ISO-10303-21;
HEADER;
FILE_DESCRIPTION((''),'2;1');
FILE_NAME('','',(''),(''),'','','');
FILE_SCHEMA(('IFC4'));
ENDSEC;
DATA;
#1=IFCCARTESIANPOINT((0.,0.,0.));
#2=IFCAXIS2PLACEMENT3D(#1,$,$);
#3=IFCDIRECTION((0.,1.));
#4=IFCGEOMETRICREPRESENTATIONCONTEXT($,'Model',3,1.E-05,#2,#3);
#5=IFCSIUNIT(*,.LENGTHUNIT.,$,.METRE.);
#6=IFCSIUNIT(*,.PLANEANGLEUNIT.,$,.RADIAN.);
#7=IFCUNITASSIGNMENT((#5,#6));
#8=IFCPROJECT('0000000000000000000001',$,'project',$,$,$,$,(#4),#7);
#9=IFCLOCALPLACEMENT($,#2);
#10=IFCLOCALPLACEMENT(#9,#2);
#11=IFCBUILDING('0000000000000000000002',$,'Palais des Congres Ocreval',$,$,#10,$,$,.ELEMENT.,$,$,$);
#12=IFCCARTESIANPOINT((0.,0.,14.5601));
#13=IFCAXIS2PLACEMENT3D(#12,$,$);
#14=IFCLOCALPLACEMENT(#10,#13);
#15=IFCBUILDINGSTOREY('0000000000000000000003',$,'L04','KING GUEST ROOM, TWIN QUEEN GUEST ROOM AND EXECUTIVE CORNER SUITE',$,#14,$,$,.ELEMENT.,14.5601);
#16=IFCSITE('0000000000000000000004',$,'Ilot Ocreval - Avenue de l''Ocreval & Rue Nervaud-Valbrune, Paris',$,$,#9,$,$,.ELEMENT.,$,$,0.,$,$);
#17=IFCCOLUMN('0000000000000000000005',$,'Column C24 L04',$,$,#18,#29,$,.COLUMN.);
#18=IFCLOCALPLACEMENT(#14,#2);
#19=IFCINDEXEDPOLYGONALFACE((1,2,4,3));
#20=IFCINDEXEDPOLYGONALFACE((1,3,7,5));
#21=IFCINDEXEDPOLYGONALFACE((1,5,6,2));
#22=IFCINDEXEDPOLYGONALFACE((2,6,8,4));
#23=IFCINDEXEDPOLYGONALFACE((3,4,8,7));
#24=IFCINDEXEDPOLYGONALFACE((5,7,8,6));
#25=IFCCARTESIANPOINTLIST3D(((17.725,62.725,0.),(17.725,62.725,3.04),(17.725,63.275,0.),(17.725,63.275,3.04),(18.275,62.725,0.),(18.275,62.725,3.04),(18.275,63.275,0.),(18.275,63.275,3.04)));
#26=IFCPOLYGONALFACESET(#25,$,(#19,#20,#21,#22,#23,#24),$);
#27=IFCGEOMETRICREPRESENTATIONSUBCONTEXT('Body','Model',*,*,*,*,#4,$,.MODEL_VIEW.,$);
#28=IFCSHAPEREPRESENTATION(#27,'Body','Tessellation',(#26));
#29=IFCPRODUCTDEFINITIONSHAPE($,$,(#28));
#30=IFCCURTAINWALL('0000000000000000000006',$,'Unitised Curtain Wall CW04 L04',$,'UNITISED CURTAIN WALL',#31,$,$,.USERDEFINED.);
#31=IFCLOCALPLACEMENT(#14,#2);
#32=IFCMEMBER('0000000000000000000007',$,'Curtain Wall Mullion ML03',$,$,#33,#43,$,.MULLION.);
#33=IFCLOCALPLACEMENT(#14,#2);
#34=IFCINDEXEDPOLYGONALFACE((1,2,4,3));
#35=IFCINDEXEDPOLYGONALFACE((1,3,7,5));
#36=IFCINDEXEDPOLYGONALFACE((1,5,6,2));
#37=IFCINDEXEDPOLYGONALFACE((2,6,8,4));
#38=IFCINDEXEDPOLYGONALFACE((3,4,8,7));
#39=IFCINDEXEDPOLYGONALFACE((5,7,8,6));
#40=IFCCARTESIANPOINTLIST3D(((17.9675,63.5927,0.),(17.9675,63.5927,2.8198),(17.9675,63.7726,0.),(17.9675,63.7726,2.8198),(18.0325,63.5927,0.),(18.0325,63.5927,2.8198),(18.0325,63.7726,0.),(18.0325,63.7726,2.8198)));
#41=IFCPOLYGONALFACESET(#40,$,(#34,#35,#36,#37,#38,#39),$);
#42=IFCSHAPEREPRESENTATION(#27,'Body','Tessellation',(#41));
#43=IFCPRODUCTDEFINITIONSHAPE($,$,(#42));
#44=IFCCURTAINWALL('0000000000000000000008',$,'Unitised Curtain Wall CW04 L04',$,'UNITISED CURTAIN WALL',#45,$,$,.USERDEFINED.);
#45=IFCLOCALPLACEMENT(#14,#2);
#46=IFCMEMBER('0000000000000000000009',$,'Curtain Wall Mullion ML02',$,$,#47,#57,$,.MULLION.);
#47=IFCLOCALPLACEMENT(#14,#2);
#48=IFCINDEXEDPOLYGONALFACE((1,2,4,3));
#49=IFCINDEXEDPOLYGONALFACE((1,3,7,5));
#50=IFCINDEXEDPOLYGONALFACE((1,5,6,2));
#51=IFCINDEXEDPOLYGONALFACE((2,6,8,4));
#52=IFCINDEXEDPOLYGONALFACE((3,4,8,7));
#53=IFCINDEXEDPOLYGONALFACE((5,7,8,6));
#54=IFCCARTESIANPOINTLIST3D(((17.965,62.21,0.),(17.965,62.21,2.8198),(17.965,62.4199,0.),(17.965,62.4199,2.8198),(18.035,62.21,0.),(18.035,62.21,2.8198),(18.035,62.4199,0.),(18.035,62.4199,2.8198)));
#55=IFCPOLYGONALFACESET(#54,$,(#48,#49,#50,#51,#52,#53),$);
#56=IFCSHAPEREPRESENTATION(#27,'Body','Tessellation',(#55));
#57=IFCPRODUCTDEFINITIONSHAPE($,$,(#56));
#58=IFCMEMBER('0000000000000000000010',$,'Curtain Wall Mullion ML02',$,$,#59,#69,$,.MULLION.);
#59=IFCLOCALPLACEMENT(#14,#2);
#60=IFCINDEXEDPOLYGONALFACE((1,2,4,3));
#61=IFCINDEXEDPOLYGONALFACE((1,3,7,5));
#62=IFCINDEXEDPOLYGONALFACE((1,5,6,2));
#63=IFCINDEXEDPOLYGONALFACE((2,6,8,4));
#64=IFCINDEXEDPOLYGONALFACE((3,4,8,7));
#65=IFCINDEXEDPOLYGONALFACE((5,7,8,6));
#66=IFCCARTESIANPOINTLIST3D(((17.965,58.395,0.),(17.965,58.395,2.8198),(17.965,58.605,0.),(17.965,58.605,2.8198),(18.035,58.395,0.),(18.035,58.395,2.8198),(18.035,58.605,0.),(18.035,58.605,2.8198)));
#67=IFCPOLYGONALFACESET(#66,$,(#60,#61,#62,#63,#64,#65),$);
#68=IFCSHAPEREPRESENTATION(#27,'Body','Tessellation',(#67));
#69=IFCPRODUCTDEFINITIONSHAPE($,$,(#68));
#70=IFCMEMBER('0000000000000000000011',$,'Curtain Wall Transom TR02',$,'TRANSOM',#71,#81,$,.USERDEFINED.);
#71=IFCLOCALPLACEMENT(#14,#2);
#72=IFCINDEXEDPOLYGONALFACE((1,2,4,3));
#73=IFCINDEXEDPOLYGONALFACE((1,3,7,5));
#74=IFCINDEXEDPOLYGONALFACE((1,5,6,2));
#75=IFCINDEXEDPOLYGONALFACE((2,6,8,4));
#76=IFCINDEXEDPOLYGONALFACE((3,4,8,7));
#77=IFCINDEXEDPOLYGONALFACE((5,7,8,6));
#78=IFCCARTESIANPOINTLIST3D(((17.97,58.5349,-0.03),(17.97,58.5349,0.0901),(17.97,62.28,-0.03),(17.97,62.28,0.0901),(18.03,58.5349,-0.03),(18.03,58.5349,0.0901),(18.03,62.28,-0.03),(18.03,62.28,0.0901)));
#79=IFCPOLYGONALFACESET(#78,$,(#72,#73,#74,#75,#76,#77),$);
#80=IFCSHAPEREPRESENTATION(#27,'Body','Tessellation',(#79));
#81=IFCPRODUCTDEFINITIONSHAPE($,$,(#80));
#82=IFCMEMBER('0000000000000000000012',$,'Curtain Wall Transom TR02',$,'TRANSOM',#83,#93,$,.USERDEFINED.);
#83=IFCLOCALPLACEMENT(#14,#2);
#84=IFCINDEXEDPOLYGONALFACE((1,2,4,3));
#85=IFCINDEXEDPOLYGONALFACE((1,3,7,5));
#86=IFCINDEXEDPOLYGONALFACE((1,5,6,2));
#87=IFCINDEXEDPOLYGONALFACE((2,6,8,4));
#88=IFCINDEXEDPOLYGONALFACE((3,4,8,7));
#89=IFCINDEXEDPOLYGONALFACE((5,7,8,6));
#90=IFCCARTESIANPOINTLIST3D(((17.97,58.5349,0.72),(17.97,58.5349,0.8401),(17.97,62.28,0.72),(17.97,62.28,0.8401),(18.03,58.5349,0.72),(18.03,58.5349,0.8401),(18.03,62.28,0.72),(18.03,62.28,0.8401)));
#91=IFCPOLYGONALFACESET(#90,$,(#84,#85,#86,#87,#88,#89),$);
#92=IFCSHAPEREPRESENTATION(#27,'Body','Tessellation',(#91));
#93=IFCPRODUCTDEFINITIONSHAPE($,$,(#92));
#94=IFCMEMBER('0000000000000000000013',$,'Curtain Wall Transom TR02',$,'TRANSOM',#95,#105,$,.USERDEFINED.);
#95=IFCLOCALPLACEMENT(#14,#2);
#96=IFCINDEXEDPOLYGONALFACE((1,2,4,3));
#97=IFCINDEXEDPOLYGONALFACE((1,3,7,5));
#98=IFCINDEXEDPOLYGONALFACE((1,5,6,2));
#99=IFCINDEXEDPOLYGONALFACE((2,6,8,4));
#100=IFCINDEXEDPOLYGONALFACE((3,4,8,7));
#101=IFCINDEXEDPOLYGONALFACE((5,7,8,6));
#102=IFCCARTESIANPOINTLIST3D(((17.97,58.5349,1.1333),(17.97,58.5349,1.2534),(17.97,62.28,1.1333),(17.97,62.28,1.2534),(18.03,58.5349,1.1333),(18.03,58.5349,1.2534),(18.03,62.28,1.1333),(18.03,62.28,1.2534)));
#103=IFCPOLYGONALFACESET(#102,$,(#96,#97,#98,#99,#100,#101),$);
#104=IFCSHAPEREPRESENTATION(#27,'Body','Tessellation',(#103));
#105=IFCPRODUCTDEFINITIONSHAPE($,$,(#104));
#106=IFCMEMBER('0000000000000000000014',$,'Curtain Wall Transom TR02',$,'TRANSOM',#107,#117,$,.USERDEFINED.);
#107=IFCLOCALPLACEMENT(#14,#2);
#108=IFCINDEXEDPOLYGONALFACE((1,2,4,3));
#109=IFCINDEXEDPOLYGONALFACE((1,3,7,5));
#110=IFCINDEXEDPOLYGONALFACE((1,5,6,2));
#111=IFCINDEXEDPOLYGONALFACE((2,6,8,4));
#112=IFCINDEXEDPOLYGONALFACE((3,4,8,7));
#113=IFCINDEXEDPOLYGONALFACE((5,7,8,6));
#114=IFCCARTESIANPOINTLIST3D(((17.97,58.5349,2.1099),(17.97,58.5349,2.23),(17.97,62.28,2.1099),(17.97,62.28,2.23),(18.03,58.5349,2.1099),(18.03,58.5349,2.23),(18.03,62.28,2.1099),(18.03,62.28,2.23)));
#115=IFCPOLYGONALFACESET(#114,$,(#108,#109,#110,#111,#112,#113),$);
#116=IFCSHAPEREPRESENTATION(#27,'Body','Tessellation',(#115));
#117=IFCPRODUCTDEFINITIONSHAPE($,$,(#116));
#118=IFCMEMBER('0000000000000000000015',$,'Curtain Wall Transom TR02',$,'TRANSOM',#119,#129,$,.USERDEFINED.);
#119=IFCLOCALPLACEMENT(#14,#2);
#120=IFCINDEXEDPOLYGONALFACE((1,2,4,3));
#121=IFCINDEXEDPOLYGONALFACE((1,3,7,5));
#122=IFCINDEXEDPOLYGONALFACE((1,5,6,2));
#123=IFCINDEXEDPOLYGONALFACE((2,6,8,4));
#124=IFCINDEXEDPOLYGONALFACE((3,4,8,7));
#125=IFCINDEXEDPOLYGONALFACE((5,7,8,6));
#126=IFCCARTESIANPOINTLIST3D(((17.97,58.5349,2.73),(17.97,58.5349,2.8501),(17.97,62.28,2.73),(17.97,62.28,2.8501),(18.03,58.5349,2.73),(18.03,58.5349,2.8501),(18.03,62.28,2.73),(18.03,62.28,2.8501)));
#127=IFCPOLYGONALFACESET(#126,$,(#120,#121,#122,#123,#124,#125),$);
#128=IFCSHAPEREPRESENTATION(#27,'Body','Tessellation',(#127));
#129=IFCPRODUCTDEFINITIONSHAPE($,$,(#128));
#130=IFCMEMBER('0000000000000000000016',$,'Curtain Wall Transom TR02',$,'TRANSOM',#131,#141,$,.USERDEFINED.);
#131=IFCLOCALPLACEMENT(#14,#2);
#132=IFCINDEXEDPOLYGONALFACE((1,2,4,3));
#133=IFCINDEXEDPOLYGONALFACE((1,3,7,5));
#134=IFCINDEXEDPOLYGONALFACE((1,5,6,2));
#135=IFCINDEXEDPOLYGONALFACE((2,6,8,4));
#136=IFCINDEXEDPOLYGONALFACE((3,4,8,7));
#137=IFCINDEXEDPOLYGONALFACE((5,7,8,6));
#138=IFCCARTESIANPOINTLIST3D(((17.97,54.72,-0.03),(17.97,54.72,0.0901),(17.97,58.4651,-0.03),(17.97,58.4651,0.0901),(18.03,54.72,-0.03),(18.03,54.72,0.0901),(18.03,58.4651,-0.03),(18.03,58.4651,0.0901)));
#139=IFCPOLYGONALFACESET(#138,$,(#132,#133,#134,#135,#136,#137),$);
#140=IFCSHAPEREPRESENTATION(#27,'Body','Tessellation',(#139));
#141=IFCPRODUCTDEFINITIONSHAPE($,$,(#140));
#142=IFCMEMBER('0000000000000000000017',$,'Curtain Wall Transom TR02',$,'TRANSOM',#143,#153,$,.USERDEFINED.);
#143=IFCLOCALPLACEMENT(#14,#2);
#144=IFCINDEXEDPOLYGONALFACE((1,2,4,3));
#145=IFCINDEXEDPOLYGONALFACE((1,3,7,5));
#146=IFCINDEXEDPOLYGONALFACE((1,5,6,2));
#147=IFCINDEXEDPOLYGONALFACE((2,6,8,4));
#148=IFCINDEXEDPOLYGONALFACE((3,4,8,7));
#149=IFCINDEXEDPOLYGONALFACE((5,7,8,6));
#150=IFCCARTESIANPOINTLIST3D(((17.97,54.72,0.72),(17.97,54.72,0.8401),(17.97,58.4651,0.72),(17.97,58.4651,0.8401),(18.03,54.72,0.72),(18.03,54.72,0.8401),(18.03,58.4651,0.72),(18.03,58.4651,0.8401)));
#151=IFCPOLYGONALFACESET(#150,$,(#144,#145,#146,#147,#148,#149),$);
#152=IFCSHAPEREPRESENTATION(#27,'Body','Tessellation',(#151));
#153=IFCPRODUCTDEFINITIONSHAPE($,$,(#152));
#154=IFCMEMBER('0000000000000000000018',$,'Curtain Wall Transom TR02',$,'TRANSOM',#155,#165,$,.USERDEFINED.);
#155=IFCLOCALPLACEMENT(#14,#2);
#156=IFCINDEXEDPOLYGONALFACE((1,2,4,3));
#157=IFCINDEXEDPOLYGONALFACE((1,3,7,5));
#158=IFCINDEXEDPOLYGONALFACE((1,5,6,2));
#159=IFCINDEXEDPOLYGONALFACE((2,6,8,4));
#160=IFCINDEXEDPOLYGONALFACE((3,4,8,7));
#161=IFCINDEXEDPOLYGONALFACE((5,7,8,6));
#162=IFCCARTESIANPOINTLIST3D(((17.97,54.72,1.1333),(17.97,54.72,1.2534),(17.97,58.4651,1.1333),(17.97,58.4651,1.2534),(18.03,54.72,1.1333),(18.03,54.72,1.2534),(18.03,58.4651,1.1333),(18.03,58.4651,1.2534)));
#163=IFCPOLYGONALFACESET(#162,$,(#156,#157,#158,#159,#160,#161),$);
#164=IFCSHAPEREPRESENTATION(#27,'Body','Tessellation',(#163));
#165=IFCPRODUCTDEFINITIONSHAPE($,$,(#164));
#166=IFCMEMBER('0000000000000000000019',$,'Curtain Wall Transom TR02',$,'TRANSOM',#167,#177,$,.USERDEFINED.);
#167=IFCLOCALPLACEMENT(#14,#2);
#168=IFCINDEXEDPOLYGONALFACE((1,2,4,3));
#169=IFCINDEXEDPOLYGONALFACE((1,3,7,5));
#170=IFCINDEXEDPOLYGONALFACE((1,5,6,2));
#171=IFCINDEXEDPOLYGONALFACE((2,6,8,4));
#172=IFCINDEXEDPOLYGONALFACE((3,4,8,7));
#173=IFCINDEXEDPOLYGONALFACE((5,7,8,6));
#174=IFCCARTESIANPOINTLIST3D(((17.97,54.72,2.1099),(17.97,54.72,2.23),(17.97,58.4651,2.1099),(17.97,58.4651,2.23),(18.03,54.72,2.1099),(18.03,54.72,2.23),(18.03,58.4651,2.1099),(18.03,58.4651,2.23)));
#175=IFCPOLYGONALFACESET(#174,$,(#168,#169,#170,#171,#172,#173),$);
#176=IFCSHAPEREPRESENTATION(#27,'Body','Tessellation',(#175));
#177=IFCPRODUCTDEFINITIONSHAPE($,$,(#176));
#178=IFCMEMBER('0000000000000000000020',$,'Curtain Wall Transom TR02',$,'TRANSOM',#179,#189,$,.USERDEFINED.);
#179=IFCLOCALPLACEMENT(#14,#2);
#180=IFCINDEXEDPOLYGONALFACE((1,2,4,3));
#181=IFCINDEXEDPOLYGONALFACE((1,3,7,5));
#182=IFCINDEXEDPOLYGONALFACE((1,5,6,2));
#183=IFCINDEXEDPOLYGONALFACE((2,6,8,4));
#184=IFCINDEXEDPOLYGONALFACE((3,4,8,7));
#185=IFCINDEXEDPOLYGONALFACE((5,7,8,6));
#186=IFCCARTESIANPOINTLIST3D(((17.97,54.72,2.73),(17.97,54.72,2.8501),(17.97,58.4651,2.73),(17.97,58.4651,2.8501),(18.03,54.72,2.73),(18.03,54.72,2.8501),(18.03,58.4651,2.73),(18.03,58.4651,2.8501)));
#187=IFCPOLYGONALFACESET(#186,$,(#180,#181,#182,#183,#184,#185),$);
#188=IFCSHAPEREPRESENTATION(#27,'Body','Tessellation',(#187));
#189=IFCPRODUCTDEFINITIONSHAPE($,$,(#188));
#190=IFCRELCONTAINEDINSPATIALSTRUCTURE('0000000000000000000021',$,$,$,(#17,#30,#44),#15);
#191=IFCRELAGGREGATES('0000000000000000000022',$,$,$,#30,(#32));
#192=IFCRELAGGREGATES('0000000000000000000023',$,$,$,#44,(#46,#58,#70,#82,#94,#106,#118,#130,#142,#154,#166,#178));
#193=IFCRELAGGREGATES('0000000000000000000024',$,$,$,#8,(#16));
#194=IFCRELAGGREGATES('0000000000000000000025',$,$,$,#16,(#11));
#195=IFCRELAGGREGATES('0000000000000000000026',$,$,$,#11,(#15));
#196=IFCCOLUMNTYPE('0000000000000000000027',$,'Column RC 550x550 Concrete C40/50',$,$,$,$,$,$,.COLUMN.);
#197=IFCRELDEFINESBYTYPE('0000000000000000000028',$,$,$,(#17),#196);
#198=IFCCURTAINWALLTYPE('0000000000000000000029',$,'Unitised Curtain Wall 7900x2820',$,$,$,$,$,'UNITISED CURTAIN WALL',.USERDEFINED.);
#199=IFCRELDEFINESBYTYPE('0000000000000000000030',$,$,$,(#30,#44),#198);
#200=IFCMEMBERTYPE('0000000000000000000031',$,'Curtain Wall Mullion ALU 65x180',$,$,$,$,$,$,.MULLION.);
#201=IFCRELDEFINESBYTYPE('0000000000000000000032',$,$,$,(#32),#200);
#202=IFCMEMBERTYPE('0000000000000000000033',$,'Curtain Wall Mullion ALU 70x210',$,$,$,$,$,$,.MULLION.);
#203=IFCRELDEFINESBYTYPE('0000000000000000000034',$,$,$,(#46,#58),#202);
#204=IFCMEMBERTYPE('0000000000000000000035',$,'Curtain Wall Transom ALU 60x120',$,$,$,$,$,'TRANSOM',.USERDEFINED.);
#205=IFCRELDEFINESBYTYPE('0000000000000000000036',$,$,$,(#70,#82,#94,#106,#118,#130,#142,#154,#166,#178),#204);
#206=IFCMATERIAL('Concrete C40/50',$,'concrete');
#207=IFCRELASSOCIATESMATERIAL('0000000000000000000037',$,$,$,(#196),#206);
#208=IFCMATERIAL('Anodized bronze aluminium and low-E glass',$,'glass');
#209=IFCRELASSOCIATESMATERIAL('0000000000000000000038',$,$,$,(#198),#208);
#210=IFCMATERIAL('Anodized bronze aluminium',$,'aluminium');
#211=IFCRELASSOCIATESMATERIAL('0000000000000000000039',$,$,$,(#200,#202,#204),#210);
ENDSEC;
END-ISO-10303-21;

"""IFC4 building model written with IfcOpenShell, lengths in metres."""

from ifc_helpers import new_model, si_unit, direction, frame, origin, origin_2d, place, context, subcontext, project, spatial, rectangle, extrude, material, material_profile, profile_set, type_object, element, aggregate, save


model = new_model("IFC4")

# Units and contexts
model_context = context("Model", 3, precision=1e-05, world=origin(), true_north=direction((0.0, 1.0)))
body_context = subcontext(model_context, "Body", "Model", "MODEL_VIEW")
ifc_project = project(units=[si_unit("LENGTHUNIT", "METRE"), si_unit("PLANEANGLEUNIT", "RADIAN")], contexts=[model_context])

# Site, building, storey
site_placement = place(None, origin())
site = spatial("IfcSite", under=ifc_project, at=site_placement, Name="Ilot Ocreval - Avenue de l'Ocreval & Rue Nervaud-Valbrune, Paris", CompositionType="ELEMENT", RefElevation=0.0)
building_placement = place(site_placement, origin())
building = spatial("IfcBuilding", under=site, at=building_placement, Name="Palais des Congres Ocreval", CompositionType="ELEMENT")
storey_placement = place(building_placement, frame((0.0, 0.0, 14.5601)))
storey = spatial("IfcBuildingStorey", under=building, at=storey_placement, Name="L04", Description="KING GUEST ROOM, TWIN QUEEN GUEST ROOM AND EXECUTIVE CORNER SUITE", CompositionType="ELEMENT", Elevation=14.5601)

# Column
ifc_material_1 = material(Name="Concrete C40/50", Category="concrete")
ifc_material_profile_1 = material_profile(ifc_material_1, rectangle(XDim=0.55, YDim=0.55, at=origin_2d()), Name="RC 550x550")
ifc_profile_set_1 = profile_set([ifc_material_profile_1], Name="Concrete C40/50")
column_type = type_object("IfcColumnType", Name="Column RC 550x550 Concrete C40/50", PredefinedType="COLUMN", material=ifc_profile_set_1)
column_placement = place(storey_placement, frame((18.0, 63.0, 0.0), z_axis=(0.0, 0.0, 1.0), x_axis=(1.0, 0.0, 0.0)))
element("IfcColumn", 1, at=column_placement, inside=storey, type_object=column_type, Name="Column C24 L04", PredefinedType="COLUMN", context=body_context, shape_type="SweptSolid", body=[
    extrude(rectangle(XDim=0.55, YDim=0.55, at=origin_2d()), origin(), (0.0, 0.0, 1.0), 3.04),
])

# Curtain wall, member
ifc_material_2 = material(Name="Anodized bronze aluminium and low-E glass", Category="glass")
curtain_wall_type = type_object("IfcCurtainWallType", Name="Unitised Curtain Wall 7900x2820", ElementType="UNITISED CURTAIN WALL", PredefinedType="USERDEFINED", material=ifc_material_2)
curtain_wall_1_placement = place(storey_placement, origin())
curtain_wall_1 = element("IfcCurtainWall", 2, at=curtain_wall_1_placement, inside=storey, type_object=curtain_wall_type, Name="Unitised Curtain Wall CW04 L04", ObjectType="UNITISED CURTAIN WALL", PredefinedType="USERDEFINED")
ifc_material_3 = material(Name="Anodized bronze aluminium", Category="aluminium")
ifc_material_profile_2 = material_profile(ifc_material_3, rectangle(XDim=0.0649, YDim=0.1799, at=origin_2d()), Name="ALU 65x180")
ifc_profile_set_2 = profile_set([ifc_material_profile_2], Name="Anodized bronze aluminium")
member_type_1 = type_object("IfcMemberType", Name="Curtain Wall Mullion ALU 65x180", PredefinedType="MULLION", material=ifc_profile_set_2)
member_1_placement = place(storey_placement, frame((18.0, 63.6826, 0.0), z_axis=(0.0, 0.0, 1.0), x_axis=(1.0, 0.0, 0.0)))
member_1 = element("IfcMember", 3, at=member_1_placement, type_object=member_type_1, Name="Curtain Wall Mullion ML03", PredefinedType="MULLION", context=body_context, shape_type="SweptSolid", body=[
    extrude(rectangle(XDim=0.0649, YDim=0.1799, at=origin_2d()), origin(), (0.0, 0.0, 1.0), 2.8198),
])
aggregate(curtain_wall_1, [member_1])

# Curtain wall, members
curtain_wall_2_placement = place(storey_placement, origin())
curtain_wall_2 = element("IfcCurtainWall", 4, at=curtain_wall_2_placement, inside=storey, type_object=curtain_wall_type, Name="Unitised Curtain Wall CW04 L04", ObjectType="UNITISED CURTAIN WALL", PredefinedType="USERDEFINED")
ifc_material_profile_3 = material_profile(ifc_material_3, rectangle(XDim=0.0701, YDim=0.21, at=origin_2d()), Name="ALU 70x210")
ifc_profile_set_3 = profile_set([ifc_material_profile_3], Name="Anodized bronze aluminium")
member_type_2 = type_object("IfcMemberType", Name="Curtain Wall Mullion ALU 70x210", PredefinedType="MULLION", material=ifc_profile_set_3)
member_2_placement = place(storey_placement, frame((18.0, 62.3149, 0.0), z_axis=(0.0, 0.0, 1.0), x_axis=(1.0, 0.0, 0.0)))
member_2 = element("IfcMember", 5, at=member_2_placement, type_object=member_type_2, Name="Curtain Wall Mullion ML02", PredefinedType="MULLION", context=body_context, shape_type="SweptSolid", body=[
    extrude(rectangle(XDim=0.0701, YDim=0.21, at=origin_2d()), origin(), (0.0, 0.0, 1.0), 2.8198),
])
member_3_placement = place(storey_placement, frame((18.0, 58.5, 0.0), z_axis=(0.0, 0.0, 1.0), x_axis=(1.0, 0.0, 0.0)))
member_3 = element("IfcMember", 6, at=member_3_placement, type_object=member_type_2, Name="Curtain Wall Mullion ML02", PredefinedType="MULLION", context=body_context, shape_type="SweptSolid", body=[
    extrude(rectangle(XDim=0.0701, YDim=0.21, at=origin_2d()), origin(), (0.0, 0.0, 1.0), 2.8198),
])
ifc_material_profile_4 = material_profile(ifc_material_3, rectangle(XDim=0.0601, YDim=0.1201, at=origin_2d()), Name="ALU 60x120")
ifc_profile_set_4 = profile_set([ifc_material_profile_4], Name="Anodized bronze aluminium")
member_type_3 = type_object("IfcMemberType", Name="Curtain Wall Transom ALU 60x120", ElementType="TRANSOM", PredefinedType="USERDEFINED", material=ifc_profile_set_4)
member_4_placement = place(storey_placement, frame((18.0, 62.28, 0.03), z_axis=(0.0, -1.0, 0.0), x_axis=(1.0, 0.0, 0.0)))
member_4 = element("IfcMember", 7, at=member_4_placement, type_object=member_type_3, Name="Curtain Wall Transom TR02", ObjectType="TRANSOM", PredefinedType="USERDEFINED", context=body_context, shape_type="SweptSolid", body=[
    extrude(rectangle(XDim=0.0601, YDim=0.1201, at=origin_2d()), origin(), (0.0, 0.0, 1.0), 3.7451),
])
member_5_placement = place(storey_placement, frame((18.0, 62.28, 0.78), z_axis=(0.0, -1.0, 0.0), x_axis=(1.0, 0.0, 0.0)))
member_5 = element("IfcMember", 8, at=member_5_placement, type_object=member_type_3, Name="Curtain Wall Transom TR02", ObjectType="TRANSOM", PredefinedType="USERDEFINED", context=body_context, shape_type="SweptSolid", body=[
    extrude(rectangle(XDim=0.0601, YDim=0.1201, at=origin_2d()), origin(), (0.0, 0.0, 1.0), 3.7451),
])
member_6_placement = place(storey_placement, frame((18.0, 62.28, 1.1934), z_axis=(0.0, -1.0, 0.0), x_axis=(1.0, 0.0, 0.0)))
member_6 = element("IfcMember", 9, at=member_6_placement, type_object=member_type_3, Name="Curtain Wall Transom TR02", ObjectType="TRANSOM", PredefinedType="USERDEFINED", context=body_context, shape_type="SweptSolid", body=[
    extrude(rectangle(XDim=0.0601, YDim=0.1201, at=origin_2d()), origin(), (0.0, 0.0, 1.0), 3.7451),
])
member_7_placement = place(storey_placement, frame((18.0, 62.28, 2.1699), z_axis=(0.0, -1.0, 0.0), x_axis=(1.0, 0.0, 0.0)))
member_7 = element("IfcMember", 10, at=member_7_placement, type_object=member_type_3, Name="Curtain Wall Transom TR02", ObjectType="TRANSOM", PredefinedType="USERDEFINED", context=body_context, shape_type="SweptSolid", body=[
    extrude(rectangle(XDim=0.0601, YDim=0.1201, at=origin_2d()), origin(), (0.0, 0.0, 1.0), 3.7451),
])
member_8_placement = place(storey_placement, frame((18.0, 62.28, 2.79), z_axis=(0.0, -1.0, 0.0), x_axis=(1.0, 0.0, 0.0)))
member_8 = element("IfcMember", 11, at=member_8_placement, type_object=member_type_3, Name="Curtain Wall Transom TR02", ObjectType="TRANSOM", PredefinedType="USERDEFINED", context=body_context, shape_type="SweptSolid", body=[
    extrude(rectangle(XDim=0.0601, YDim=0.1201, at=origin_2d()), origin(), (0.0, 0.0, 1.0), 3.7451),
])
member_9_placement = place(storey_placement, frame((18.0, 58.4651, 0.03), z_axis=(0.0, -1.0, 0.0), x_axis=(1.0, 0.0, 0.0)))
member_9 = element("IfcMember", 12, at=member_9_placement, type_object=member_type_3, Name="Curtain Wall Transom TR02", ObjectType="TRANSOM", PredefinedType="USERDEFINED", context=body_context, shape_type="SweptSolid", body=[
    extrude(rectangle(XDim=0.0601, YDim=0.1201, at=origin_2d()), origin(), (0.0, 0.0, 1.0), 3.7451),
])
member_10_placement = place(storey_placement, frame((18.0, 58.4651, 0.78), z_axis=(0.0, -1.0, 0.0), x_axis=(1.0, 0.0, 0.0)))
member_10 = element("IfcMember", 13, at=member_10_placement, type_object=member_type_3, Name="Curtain Wall Transom TR02", ObjectType="TRANSOM", PredefinedType="USERDEFINED", context=body_context, shape_type="SweptSolid", body=[
    extrude(rectangle(XDim=0.0601, YDim=0.1201, at=origin_2d()), origin(), (0.0, 0.0, 1.0), 3.7451),
])
member_11_placement = place(storey_placement, frame((18.0, 58.4651, 1.1934), z_axis=(0.0, -1.0, 0.0), x_axis=(1.0, 0.0, 0.0)))
member_11 = element("IfcMember", 14, at=member_11_placement, type_object=member_type_3, Name="Curtain Wall Transom TR02", ObjectType="TRANSOM", PredefinedType="USERDEFINED", context=body_context, shape_type="SweptSolid", body=[
    extrude(rectangle(XDim=0.0601, YDim=0.1201, at=origin_2d()), origin(), (0.0, 0.0, 1.0), 3.7451),
])
member_12_placement = place(storey_placement, frame((18.0, 58.4651, 2.1699), z_axis=(0.0, -1.0, 0.0), x_axis=(1.0, 0.0, 0.0)))
member_12 = element("IfcMember", 15, at=member_12_placement, type_object=member_type_3, Name="Curtain Wall Transom TR02", ObjectType="TRANSOM", PredefinedType="USERDEFINED", context=body_context, shape_type="SweptSolid", body=[
    extrude(rectangle(XDim=0.0601, YDim=0.1201, at=origin_2d()), origin(), (0.0, 0.0, 1.0), 3.7451),
])
member_13_placement = place(storey_placement, frame((18.0, 58.4651, 2.79), z_axis=(0.0, -1.0, 0.0), x_axis=(1.0, 0.0, 0.0)))
member_13 = element("IfcMember", 16, at=member_13_placement, type_object=member_type_3, Name="Curtain Wall Transom TR02", ObjectType="TRANSOM", PredefinedType="USERDEFINED", context=body_context, shape_type="SweptSolid", body=[
    extrude(rectangle(XDim=0.0601, YDim=0.1201, at=origin_2d()), origin(), (0.0, 0.0, 1.0), 3.7451),
])

aggregate(curtain_wall_2, [member_2, member_3, member_4, member_5, member_6, member_7, member_8, member_9, member_10, member_11, member_12, member_13])

save(model, "model.ifc")
